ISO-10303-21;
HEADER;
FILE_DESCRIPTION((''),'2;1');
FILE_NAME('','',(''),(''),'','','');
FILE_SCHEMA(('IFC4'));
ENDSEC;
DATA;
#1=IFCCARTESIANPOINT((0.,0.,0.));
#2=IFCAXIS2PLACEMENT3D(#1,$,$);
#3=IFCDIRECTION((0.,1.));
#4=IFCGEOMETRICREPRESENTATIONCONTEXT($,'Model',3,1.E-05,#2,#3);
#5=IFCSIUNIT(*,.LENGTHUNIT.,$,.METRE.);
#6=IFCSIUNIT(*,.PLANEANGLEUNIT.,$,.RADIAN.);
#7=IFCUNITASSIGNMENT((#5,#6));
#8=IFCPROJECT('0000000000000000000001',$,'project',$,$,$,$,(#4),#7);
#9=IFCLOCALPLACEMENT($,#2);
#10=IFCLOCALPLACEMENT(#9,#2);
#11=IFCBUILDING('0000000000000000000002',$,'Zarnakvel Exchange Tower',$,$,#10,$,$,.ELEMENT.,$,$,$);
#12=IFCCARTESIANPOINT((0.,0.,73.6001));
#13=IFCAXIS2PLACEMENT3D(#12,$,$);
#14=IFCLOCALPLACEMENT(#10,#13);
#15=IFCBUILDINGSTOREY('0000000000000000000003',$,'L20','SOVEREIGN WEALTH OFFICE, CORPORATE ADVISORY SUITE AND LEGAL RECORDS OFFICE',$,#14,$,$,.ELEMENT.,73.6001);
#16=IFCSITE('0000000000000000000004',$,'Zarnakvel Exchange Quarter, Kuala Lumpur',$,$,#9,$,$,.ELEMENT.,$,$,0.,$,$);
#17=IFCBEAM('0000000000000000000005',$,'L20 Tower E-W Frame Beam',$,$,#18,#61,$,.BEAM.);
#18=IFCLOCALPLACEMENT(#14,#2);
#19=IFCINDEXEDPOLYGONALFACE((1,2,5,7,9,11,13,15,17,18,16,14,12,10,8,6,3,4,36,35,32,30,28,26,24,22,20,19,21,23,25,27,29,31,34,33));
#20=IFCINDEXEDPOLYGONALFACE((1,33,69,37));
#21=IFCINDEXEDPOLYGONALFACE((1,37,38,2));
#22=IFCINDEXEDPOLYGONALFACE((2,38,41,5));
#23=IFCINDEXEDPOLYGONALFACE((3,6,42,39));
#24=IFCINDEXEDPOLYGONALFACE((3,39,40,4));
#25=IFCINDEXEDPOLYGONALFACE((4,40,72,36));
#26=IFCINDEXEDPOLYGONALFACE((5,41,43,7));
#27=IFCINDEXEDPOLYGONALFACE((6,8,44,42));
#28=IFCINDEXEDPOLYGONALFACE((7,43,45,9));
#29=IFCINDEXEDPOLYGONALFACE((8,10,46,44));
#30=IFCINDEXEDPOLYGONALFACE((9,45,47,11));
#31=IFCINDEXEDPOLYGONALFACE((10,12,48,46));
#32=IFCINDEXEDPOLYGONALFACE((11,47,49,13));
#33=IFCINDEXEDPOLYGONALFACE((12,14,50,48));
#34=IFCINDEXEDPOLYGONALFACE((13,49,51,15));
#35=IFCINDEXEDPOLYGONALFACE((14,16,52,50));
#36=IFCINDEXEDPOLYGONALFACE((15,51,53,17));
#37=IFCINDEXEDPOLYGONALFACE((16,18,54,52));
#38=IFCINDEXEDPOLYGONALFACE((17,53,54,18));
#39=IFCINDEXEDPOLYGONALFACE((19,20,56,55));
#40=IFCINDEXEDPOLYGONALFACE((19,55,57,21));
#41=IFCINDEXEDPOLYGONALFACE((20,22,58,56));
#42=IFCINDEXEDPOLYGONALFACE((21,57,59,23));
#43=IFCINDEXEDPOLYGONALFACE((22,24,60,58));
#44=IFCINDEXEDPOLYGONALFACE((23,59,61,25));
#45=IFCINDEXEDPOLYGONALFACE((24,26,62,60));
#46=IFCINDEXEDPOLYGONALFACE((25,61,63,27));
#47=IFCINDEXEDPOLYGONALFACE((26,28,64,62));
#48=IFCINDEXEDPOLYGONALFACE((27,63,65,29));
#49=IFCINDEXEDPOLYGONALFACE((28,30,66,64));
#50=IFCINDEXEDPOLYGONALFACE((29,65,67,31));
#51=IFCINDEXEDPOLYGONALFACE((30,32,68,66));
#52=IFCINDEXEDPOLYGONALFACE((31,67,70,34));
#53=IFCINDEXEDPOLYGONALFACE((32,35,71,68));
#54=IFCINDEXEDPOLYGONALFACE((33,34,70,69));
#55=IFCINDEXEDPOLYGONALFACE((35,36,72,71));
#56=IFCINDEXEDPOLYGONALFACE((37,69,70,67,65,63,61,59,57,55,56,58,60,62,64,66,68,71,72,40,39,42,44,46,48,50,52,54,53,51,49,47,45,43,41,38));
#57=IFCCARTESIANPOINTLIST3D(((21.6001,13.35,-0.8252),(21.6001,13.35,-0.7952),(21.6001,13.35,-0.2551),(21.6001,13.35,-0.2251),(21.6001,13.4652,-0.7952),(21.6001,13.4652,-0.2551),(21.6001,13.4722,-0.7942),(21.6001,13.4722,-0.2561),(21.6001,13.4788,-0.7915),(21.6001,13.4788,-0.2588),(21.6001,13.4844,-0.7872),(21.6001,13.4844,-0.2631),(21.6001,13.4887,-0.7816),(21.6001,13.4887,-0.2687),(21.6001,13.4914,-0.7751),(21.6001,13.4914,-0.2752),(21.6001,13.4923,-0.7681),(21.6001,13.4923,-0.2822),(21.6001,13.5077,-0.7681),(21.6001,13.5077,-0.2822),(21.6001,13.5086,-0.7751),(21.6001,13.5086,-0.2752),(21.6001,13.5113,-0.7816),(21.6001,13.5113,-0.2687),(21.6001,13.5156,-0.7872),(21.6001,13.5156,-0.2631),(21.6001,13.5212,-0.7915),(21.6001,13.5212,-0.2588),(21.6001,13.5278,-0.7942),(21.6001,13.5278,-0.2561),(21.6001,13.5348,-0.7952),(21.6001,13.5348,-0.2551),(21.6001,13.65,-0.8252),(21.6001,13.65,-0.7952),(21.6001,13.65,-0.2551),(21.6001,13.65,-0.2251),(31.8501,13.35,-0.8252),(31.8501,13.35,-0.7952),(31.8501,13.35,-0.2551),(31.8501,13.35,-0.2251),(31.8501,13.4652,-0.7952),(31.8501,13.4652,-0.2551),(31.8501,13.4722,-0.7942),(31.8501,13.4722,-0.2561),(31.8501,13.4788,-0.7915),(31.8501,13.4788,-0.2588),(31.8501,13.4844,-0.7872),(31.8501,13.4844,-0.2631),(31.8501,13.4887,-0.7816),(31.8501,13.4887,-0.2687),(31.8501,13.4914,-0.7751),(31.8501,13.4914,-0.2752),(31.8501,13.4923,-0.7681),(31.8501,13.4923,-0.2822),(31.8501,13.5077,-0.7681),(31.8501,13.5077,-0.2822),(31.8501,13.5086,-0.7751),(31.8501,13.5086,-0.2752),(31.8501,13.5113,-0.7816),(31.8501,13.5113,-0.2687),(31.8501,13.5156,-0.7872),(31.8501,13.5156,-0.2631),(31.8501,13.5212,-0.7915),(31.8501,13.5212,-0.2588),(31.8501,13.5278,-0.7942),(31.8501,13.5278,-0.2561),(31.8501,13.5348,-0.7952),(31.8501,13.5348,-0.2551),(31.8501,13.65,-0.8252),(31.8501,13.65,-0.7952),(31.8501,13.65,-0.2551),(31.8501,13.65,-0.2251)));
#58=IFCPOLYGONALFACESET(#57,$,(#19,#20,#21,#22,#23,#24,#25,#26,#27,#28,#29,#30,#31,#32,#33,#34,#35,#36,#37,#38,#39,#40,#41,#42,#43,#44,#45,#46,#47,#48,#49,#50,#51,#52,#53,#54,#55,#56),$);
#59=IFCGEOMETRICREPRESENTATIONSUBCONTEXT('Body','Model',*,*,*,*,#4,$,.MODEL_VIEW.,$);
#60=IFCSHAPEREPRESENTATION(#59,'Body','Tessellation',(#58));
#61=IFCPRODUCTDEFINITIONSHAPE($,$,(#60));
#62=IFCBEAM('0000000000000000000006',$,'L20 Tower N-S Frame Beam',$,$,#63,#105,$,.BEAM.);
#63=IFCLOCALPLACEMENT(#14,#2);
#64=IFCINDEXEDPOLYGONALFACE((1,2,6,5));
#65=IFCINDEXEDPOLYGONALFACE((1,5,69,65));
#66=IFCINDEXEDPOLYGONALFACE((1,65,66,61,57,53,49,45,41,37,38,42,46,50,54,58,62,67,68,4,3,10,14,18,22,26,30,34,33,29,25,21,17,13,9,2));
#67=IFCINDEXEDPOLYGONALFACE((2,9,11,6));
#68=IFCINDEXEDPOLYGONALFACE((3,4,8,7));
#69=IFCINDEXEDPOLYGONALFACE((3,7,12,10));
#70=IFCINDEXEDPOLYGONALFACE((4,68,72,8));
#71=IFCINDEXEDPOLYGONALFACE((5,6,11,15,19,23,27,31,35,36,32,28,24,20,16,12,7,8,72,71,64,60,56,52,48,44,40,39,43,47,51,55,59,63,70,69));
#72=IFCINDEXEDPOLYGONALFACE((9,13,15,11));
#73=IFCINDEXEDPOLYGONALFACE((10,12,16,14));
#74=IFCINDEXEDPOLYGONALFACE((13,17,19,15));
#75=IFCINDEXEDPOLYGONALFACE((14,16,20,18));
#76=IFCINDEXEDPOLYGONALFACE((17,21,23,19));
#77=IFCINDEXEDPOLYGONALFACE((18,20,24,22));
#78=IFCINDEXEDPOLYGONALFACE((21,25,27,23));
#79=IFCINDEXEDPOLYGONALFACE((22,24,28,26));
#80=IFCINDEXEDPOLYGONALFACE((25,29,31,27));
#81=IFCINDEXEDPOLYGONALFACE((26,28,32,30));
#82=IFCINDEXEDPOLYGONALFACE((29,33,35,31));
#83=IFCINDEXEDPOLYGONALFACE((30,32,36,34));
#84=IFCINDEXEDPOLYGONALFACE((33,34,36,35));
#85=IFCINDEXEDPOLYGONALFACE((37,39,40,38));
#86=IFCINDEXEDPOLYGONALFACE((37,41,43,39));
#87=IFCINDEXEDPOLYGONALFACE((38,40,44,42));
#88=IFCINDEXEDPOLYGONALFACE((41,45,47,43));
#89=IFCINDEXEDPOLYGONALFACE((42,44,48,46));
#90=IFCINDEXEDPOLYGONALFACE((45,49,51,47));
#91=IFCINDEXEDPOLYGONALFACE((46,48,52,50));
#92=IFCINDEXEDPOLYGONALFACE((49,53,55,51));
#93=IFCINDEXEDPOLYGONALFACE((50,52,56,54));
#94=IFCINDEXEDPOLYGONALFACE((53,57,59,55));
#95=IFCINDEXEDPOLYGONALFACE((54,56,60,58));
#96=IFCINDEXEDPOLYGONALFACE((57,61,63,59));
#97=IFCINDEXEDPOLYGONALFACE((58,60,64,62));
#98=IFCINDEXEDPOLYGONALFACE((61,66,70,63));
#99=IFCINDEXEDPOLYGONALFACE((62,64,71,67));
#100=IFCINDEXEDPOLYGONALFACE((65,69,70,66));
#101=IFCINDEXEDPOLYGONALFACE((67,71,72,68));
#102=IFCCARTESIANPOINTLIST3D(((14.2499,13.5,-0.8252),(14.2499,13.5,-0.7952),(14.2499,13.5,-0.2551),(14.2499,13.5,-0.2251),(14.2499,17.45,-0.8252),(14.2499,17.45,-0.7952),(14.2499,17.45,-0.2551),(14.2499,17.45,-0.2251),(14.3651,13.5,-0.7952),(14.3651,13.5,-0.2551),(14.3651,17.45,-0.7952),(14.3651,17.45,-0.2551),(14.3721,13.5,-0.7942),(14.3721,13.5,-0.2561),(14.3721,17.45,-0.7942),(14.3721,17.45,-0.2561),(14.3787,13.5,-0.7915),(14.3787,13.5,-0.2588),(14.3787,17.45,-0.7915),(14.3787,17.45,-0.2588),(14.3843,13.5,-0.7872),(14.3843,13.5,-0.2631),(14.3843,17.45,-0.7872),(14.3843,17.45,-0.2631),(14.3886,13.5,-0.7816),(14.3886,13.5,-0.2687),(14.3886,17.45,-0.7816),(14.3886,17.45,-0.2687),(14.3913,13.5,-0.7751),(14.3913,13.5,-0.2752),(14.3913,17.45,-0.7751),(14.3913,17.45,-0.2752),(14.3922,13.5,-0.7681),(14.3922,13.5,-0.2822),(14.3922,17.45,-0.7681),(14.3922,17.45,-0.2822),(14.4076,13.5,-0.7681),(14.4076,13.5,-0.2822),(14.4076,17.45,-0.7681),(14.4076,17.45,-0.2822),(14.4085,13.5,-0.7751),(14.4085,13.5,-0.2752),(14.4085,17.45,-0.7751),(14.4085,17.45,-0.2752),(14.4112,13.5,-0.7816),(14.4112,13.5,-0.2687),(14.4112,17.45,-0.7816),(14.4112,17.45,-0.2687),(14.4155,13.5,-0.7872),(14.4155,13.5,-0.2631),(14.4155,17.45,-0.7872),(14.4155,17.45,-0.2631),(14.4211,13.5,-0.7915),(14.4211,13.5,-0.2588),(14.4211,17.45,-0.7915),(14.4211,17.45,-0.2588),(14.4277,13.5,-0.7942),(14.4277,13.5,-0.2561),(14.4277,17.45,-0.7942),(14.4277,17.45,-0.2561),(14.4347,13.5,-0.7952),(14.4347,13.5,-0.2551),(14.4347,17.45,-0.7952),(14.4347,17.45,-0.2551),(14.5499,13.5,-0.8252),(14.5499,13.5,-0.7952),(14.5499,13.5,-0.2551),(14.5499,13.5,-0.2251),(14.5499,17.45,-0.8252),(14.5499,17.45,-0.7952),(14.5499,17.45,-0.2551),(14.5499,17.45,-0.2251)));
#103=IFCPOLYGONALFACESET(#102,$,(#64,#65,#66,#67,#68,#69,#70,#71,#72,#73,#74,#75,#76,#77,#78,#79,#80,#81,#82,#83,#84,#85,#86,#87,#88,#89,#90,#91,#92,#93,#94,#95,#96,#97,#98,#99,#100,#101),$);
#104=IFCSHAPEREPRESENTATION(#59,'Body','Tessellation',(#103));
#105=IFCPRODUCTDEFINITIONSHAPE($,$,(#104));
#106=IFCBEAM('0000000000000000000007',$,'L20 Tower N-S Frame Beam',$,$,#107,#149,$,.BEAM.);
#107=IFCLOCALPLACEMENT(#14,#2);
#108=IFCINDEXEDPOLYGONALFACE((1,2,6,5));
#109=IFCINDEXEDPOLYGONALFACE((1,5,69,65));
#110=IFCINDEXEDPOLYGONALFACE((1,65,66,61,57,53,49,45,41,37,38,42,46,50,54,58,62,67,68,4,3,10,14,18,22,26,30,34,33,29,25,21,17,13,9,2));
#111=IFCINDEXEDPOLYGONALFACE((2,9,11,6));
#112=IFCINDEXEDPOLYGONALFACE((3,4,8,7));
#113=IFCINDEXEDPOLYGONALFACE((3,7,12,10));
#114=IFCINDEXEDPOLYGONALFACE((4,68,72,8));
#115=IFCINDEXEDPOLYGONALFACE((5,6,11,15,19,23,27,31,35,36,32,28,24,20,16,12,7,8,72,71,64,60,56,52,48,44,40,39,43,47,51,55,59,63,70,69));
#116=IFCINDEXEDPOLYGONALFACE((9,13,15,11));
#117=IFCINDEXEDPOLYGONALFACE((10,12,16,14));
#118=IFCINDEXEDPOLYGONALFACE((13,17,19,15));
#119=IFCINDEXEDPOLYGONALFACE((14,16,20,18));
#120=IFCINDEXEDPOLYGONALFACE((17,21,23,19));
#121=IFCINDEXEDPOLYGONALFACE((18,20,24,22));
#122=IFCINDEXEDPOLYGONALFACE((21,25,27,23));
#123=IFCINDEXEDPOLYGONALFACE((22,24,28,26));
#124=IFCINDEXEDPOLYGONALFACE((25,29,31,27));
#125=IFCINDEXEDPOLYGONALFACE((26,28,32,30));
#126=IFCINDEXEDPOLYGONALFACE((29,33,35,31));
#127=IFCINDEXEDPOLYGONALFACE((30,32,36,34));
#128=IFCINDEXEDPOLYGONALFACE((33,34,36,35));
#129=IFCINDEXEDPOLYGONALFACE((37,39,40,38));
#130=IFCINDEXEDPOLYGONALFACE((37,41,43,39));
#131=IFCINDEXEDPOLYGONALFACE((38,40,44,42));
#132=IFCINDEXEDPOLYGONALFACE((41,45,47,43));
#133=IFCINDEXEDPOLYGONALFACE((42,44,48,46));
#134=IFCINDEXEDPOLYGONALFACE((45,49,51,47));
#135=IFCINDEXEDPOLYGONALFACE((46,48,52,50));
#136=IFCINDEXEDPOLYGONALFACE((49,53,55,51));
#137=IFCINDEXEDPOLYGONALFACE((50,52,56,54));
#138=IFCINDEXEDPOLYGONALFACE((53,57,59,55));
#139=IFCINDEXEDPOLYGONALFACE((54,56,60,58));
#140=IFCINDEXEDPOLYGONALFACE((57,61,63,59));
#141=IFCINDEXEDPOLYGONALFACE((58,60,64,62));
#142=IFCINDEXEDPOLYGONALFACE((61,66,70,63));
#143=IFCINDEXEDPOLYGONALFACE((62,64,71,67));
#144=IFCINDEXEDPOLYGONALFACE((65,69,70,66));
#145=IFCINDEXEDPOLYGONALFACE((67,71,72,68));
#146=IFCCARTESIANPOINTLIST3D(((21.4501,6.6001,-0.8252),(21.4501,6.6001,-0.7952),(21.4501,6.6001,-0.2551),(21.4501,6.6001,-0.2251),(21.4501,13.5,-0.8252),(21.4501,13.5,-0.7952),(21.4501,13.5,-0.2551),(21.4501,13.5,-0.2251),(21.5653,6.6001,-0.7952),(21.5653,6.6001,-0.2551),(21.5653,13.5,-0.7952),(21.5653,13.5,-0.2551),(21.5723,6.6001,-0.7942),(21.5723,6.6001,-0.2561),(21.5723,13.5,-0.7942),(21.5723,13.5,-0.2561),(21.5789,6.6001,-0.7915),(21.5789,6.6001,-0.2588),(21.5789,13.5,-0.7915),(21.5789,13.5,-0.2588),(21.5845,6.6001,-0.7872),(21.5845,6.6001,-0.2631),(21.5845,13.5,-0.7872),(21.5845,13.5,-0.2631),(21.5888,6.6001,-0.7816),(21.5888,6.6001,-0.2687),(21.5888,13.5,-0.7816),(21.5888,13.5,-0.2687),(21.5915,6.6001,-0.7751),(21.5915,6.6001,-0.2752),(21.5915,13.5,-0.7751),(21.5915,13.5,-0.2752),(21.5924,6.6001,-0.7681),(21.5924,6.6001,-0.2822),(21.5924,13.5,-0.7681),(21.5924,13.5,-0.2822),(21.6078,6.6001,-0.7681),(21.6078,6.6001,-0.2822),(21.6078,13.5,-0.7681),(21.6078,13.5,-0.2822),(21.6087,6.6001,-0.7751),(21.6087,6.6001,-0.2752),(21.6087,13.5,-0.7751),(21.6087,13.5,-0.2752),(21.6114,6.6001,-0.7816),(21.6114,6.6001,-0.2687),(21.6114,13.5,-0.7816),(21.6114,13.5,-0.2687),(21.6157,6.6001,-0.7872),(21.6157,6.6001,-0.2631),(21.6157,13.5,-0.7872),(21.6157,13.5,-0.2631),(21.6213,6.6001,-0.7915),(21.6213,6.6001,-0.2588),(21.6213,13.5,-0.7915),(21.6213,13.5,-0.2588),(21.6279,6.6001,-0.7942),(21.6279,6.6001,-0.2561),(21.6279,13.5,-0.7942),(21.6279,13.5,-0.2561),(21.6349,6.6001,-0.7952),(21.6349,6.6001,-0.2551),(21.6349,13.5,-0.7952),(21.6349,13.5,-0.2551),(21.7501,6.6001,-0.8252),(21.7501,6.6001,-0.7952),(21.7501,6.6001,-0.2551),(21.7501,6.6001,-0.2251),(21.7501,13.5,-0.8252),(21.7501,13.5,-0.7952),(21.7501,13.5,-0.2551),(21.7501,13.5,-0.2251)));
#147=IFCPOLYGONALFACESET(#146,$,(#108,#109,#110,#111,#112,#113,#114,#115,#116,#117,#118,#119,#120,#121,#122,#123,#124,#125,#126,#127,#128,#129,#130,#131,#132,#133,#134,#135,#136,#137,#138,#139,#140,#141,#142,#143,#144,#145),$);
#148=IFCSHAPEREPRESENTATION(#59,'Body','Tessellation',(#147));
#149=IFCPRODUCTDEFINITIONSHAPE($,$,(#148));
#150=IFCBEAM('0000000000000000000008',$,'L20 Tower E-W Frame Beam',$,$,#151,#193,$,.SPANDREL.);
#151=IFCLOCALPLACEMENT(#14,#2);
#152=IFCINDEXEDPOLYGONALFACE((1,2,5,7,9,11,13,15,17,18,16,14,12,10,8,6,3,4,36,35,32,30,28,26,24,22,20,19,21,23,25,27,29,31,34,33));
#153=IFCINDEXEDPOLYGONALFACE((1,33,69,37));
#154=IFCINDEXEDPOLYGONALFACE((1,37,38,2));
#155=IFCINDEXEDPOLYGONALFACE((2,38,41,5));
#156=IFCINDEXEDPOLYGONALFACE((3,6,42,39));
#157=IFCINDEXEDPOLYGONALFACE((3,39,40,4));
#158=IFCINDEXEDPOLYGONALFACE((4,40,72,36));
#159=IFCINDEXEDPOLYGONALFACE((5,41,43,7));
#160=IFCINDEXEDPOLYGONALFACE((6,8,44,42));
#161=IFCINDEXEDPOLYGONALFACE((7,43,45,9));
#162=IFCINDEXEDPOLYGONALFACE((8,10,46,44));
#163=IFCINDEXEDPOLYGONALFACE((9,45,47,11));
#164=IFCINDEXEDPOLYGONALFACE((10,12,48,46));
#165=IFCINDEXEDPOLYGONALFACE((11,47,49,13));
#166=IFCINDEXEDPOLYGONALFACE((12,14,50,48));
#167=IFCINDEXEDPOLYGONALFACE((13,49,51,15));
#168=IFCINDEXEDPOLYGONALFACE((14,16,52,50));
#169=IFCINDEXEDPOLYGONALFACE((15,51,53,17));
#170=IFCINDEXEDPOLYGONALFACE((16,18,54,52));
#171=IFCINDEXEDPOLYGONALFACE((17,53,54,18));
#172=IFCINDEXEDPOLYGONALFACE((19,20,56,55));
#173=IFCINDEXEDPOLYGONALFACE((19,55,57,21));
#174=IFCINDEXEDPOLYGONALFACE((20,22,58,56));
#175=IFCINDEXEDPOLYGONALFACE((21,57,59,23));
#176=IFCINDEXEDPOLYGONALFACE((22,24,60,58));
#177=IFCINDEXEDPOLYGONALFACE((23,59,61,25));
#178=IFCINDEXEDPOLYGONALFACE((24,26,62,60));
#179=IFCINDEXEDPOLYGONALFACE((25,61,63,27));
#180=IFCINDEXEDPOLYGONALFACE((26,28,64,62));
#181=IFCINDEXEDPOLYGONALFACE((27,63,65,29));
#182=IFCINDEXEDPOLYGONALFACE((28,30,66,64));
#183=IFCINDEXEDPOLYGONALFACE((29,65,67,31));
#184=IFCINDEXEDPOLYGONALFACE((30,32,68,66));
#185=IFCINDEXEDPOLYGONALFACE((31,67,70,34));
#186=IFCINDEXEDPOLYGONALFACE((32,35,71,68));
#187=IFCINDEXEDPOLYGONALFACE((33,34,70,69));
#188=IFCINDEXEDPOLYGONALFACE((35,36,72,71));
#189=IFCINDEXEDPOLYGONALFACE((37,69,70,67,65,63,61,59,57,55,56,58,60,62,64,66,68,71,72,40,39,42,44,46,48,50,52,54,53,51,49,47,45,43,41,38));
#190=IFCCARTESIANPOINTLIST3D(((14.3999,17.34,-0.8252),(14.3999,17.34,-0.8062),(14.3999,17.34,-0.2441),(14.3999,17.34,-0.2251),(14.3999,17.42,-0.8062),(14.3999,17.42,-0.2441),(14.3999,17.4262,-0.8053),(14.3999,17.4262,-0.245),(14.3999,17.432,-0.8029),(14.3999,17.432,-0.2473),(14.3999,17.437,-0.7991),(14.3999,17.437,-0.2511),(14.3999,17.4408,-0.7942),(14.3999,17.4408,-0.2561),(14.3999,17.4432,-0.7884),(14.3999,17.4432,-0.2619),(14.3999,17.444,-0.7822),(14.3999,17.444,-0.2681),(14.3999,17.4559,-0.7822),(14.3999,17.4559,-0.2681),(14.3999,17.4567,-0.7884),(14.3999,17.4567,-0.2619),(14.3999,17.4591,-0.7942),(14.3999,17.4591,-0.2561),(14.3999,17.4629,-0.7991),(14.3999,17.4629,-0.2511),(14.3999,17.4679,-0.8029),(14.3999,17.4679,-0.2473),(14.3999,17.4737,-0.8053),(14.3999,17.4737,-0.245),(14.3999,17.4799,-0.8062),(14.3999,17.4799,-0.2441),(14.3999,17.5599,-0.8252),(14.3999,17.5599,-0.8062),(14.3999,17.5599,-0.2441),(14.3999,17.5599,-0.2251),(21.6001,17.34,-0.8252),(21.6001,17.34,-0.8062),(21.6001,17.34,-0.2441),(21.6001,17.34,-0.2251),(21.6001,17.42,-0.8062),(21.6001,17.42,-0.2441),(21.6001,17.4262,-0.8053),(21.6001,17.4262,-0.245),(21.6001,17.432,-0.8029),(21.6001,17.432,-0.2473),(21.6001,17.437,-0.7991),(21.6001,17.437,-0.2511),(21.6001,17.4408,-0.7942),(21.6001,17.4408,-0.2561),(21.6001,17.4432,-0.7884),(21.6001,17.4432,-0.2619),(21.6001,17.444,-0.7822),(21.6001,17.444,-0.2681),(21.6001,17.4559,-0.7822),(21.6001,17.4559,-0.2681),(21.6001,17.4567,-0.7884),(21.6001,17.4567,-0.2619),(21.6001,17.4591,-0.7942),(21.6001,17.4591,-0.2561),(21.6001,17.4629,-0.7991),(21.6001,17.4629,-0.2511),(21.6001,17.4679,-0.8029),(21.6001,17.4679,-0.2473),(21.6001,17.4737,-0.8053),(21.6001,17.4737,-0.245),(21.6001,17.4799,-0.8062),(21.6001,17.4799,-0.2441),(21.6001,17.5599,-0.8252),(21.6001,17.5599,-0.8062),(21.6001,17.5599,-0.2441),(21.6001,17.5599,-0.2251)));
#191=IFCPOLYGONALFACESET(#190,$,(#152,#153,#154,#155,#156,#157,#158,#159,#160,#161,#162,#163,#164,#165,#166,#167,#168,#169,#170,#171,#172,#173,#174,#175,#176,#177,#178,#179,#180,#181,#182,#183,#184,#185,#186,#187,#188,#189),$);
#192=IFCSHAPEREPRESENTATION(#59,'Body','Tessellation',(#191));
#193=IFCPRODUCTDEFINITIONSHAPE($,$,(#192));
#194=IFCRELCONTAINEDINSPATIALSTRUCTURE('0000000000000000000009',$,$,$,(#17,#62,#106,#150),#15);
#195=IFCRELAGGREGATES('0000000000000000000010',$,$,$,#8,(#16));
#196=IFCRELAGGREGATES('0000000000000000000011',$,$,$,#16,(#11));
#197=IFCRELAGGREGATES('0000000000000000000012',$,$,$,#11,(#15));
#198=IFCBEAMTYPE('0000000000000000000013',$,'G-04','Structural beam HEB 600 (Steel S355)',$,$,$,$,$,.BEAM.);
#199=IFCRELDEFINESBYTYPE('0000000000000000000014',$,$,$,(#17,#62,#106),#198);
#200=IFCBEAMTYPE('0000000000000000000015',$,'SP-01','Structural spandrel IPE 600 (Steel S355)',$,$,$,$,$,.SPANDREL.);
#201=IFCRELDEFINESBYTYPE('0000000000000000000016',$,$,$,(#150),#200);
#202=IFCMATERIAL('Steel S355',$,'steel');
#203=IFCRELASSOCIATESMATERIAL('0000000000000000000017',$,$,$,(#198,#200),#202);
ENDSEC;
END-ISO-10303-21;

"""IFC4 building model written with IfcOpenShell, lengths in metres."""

from ifc_helpers import new_model, si_unit, direction, frame, origin, origin_2d, place, context, subcontext, project, spatial, i_section, extrude, material, material_profile, profile_set, type_object, element, save


model = new_model("IFC4")

# Units and contexts
model_context = context("Model", 3, precision=1e-05, world=origin(), true_north=direction((0.0, 1.0)))
body_context = subcontext(model_context, "Body", "Model", "MODEL_VIEW")
ifc_project = project(units=[si_unit("LENGTHUNIT", "METRE"), si_unit("PLANEANGLEUNIT", "RADIAN")], contexts=[model_context])

# Site, building, storey
site_placement = place(None, origin())
site = spatial("IfcSite", under=ifc_project, at=site_placement, Name="Zarnakvel Exchange Quarter, Kuala Lumpur", CompositionType="ELEMENT", RefElevation=0.0)
building_placement = place(site_placement, origin())
building = spatial("IfcBuilding", under=site, at=building_placement, Name="Zarnakvel Exchange Tower", CompositionType="ELEMENT")
storey_placement = place(building_placement, frame((0.0, 0.0, 73.6001)))
storey = spatial("IfcBuildingStorey", under=building, at=storey_placement, Name="L20", Description="SOVEREIGN WEALTH OFFICE, CORPORATE ADVISORY SUITE AND LEGAL RECORDS OFFICE", CompositionType="ELEMENT", Elevation=73.6001)

# Beams
ifc_material_1 = material(Name="Steel S355", Category="steel")
ifc_material_profile_1 = material_profile(ifc_material_1, i_section(OverallWidth=0.3, OverallDepth=0.6001, WebThickness=0.0154, FlangeThickness=0.03, FilletRadius=0.0271, at=origin_2d()))
ifc_profile_set_1 = profile_set([ifc_material_profile_1], Name="Steel S355")
beam_type_1 = type_object("IfcBeamType", Name="G-04", Description="Structural beam HEB 600 (Steel S355)", PredefinedType="BEAM", material=ifc_profile_set_1)
beam_1_placement = place(storey_placement, frame((21.6001, 13.5, -0.5251), z_axis=(1.0, 0.0, 0.0), x_axis=(0.0, 1.0, 0.0)))
element("IfcBeam", 1, at=beam_1_placement, inside=storey, type_object=beam_type_1, Name="L20 Tower E-W Frame Beam", PredefinedType="BEAM", context=body_context, shape_type="SweptSolid", body=[
    extrude(i_section(OverallWidth=0.3, OverallDepth=0.6001, WebThickness=0.0154, FlangeThickness=0.03, FilletRadius=0.0271, at=origin_2d()), origin(), (0.0, 0.0, 1.0), 10.25),
])
beam_2_placement = place(storey_placement, frame((14.3999, 13.5, -0.5251), z_axis=(0.0, 1.0, 0.0), x_axis=(-1.0, 0.0, 0.0)))
element("IfcBeam", 2, at=beam_2_placement, inside=storey, type_object=beam_type_1, Name="L20 Tower N-S Frame Beam", PredefinedType="BEAM", context=body_context, shape_type="SweptSolid", body=[
    extrude(i_section(OverallWidth=0.3, OverallDepth=0.6001, WebThickness=0.0154, FlangeThickness=0.03, FilletRadius=0.0271, at=origin_2d()), origin(), (0.0, 0.0, 1.0), 3.95),
])
beam_3_placement = place(storey_placement, frame((21.6001, 6.6001, -0.5251), z_axis=(0.0, 1.0, 0.0), x_axis=(-1.0, 0.0, 0.0)))
element("IfcBeam", 3, at=beam_3_placement, inside=storey, type_object=beam_type_1, Name="L20 Tower N-S Frame Beam", PredefinedType="BEAM", context=body_context, shape_type="SweptSolid", body=[
    extrude(i_section(OverallWidth=0.3, OverallDepth=0.6001, WebThickness=0.0154, FlangeThickness=0.03, FilletRadius=0.0271, at=origin_2d()), origin(), (0.0, 0.0, 1.0), 6.8999),
])
ifc_material_profile_2 = material_profile(ifc_material_1, i_section(OverallWidth=0.22, OverallDepth=0.6001, WebThickness=0.012, FlangeThickness=0.019, FilletRadius=0.0239, at=origin_2d()))
ifc_profile_set_2 = profile_set([ifc_material_profile_2], Name="Steel S355")
beam_type_2 = type_object("IfcBeamType", Name="SP-01", Description="Structural spandrel IPE 600 (Steel S355)", PredefinedType="SPANDREL", material=ifc_profile_set_2)
beam_4_placement = place(storey_placement, frame((14.3999, 17.45, -0.5251), z_axis=(1.0, 0.0, 0.0), x_axis=(0.0, 1.0, 0.0)))
element("IfcBeam", 4, at=beam_4_placement, inside=storey, type_object=beam_type_2, Name="L20 Tower E-W Frame Beam", PredefinedType="SPANDREL", context=body_context, shape_type="SweptSolid", body=[
    extrude(i_section(OverallWidth=0.22, OverallDepth=0.6001, WebThickness=0.012, FlangeThickness=0.019, FilletRadius=0.0239, at=origin_2d()), origin(), (0.0, 0.0, 1.0), 7.2002),
])

save(model, "model.ifc")
